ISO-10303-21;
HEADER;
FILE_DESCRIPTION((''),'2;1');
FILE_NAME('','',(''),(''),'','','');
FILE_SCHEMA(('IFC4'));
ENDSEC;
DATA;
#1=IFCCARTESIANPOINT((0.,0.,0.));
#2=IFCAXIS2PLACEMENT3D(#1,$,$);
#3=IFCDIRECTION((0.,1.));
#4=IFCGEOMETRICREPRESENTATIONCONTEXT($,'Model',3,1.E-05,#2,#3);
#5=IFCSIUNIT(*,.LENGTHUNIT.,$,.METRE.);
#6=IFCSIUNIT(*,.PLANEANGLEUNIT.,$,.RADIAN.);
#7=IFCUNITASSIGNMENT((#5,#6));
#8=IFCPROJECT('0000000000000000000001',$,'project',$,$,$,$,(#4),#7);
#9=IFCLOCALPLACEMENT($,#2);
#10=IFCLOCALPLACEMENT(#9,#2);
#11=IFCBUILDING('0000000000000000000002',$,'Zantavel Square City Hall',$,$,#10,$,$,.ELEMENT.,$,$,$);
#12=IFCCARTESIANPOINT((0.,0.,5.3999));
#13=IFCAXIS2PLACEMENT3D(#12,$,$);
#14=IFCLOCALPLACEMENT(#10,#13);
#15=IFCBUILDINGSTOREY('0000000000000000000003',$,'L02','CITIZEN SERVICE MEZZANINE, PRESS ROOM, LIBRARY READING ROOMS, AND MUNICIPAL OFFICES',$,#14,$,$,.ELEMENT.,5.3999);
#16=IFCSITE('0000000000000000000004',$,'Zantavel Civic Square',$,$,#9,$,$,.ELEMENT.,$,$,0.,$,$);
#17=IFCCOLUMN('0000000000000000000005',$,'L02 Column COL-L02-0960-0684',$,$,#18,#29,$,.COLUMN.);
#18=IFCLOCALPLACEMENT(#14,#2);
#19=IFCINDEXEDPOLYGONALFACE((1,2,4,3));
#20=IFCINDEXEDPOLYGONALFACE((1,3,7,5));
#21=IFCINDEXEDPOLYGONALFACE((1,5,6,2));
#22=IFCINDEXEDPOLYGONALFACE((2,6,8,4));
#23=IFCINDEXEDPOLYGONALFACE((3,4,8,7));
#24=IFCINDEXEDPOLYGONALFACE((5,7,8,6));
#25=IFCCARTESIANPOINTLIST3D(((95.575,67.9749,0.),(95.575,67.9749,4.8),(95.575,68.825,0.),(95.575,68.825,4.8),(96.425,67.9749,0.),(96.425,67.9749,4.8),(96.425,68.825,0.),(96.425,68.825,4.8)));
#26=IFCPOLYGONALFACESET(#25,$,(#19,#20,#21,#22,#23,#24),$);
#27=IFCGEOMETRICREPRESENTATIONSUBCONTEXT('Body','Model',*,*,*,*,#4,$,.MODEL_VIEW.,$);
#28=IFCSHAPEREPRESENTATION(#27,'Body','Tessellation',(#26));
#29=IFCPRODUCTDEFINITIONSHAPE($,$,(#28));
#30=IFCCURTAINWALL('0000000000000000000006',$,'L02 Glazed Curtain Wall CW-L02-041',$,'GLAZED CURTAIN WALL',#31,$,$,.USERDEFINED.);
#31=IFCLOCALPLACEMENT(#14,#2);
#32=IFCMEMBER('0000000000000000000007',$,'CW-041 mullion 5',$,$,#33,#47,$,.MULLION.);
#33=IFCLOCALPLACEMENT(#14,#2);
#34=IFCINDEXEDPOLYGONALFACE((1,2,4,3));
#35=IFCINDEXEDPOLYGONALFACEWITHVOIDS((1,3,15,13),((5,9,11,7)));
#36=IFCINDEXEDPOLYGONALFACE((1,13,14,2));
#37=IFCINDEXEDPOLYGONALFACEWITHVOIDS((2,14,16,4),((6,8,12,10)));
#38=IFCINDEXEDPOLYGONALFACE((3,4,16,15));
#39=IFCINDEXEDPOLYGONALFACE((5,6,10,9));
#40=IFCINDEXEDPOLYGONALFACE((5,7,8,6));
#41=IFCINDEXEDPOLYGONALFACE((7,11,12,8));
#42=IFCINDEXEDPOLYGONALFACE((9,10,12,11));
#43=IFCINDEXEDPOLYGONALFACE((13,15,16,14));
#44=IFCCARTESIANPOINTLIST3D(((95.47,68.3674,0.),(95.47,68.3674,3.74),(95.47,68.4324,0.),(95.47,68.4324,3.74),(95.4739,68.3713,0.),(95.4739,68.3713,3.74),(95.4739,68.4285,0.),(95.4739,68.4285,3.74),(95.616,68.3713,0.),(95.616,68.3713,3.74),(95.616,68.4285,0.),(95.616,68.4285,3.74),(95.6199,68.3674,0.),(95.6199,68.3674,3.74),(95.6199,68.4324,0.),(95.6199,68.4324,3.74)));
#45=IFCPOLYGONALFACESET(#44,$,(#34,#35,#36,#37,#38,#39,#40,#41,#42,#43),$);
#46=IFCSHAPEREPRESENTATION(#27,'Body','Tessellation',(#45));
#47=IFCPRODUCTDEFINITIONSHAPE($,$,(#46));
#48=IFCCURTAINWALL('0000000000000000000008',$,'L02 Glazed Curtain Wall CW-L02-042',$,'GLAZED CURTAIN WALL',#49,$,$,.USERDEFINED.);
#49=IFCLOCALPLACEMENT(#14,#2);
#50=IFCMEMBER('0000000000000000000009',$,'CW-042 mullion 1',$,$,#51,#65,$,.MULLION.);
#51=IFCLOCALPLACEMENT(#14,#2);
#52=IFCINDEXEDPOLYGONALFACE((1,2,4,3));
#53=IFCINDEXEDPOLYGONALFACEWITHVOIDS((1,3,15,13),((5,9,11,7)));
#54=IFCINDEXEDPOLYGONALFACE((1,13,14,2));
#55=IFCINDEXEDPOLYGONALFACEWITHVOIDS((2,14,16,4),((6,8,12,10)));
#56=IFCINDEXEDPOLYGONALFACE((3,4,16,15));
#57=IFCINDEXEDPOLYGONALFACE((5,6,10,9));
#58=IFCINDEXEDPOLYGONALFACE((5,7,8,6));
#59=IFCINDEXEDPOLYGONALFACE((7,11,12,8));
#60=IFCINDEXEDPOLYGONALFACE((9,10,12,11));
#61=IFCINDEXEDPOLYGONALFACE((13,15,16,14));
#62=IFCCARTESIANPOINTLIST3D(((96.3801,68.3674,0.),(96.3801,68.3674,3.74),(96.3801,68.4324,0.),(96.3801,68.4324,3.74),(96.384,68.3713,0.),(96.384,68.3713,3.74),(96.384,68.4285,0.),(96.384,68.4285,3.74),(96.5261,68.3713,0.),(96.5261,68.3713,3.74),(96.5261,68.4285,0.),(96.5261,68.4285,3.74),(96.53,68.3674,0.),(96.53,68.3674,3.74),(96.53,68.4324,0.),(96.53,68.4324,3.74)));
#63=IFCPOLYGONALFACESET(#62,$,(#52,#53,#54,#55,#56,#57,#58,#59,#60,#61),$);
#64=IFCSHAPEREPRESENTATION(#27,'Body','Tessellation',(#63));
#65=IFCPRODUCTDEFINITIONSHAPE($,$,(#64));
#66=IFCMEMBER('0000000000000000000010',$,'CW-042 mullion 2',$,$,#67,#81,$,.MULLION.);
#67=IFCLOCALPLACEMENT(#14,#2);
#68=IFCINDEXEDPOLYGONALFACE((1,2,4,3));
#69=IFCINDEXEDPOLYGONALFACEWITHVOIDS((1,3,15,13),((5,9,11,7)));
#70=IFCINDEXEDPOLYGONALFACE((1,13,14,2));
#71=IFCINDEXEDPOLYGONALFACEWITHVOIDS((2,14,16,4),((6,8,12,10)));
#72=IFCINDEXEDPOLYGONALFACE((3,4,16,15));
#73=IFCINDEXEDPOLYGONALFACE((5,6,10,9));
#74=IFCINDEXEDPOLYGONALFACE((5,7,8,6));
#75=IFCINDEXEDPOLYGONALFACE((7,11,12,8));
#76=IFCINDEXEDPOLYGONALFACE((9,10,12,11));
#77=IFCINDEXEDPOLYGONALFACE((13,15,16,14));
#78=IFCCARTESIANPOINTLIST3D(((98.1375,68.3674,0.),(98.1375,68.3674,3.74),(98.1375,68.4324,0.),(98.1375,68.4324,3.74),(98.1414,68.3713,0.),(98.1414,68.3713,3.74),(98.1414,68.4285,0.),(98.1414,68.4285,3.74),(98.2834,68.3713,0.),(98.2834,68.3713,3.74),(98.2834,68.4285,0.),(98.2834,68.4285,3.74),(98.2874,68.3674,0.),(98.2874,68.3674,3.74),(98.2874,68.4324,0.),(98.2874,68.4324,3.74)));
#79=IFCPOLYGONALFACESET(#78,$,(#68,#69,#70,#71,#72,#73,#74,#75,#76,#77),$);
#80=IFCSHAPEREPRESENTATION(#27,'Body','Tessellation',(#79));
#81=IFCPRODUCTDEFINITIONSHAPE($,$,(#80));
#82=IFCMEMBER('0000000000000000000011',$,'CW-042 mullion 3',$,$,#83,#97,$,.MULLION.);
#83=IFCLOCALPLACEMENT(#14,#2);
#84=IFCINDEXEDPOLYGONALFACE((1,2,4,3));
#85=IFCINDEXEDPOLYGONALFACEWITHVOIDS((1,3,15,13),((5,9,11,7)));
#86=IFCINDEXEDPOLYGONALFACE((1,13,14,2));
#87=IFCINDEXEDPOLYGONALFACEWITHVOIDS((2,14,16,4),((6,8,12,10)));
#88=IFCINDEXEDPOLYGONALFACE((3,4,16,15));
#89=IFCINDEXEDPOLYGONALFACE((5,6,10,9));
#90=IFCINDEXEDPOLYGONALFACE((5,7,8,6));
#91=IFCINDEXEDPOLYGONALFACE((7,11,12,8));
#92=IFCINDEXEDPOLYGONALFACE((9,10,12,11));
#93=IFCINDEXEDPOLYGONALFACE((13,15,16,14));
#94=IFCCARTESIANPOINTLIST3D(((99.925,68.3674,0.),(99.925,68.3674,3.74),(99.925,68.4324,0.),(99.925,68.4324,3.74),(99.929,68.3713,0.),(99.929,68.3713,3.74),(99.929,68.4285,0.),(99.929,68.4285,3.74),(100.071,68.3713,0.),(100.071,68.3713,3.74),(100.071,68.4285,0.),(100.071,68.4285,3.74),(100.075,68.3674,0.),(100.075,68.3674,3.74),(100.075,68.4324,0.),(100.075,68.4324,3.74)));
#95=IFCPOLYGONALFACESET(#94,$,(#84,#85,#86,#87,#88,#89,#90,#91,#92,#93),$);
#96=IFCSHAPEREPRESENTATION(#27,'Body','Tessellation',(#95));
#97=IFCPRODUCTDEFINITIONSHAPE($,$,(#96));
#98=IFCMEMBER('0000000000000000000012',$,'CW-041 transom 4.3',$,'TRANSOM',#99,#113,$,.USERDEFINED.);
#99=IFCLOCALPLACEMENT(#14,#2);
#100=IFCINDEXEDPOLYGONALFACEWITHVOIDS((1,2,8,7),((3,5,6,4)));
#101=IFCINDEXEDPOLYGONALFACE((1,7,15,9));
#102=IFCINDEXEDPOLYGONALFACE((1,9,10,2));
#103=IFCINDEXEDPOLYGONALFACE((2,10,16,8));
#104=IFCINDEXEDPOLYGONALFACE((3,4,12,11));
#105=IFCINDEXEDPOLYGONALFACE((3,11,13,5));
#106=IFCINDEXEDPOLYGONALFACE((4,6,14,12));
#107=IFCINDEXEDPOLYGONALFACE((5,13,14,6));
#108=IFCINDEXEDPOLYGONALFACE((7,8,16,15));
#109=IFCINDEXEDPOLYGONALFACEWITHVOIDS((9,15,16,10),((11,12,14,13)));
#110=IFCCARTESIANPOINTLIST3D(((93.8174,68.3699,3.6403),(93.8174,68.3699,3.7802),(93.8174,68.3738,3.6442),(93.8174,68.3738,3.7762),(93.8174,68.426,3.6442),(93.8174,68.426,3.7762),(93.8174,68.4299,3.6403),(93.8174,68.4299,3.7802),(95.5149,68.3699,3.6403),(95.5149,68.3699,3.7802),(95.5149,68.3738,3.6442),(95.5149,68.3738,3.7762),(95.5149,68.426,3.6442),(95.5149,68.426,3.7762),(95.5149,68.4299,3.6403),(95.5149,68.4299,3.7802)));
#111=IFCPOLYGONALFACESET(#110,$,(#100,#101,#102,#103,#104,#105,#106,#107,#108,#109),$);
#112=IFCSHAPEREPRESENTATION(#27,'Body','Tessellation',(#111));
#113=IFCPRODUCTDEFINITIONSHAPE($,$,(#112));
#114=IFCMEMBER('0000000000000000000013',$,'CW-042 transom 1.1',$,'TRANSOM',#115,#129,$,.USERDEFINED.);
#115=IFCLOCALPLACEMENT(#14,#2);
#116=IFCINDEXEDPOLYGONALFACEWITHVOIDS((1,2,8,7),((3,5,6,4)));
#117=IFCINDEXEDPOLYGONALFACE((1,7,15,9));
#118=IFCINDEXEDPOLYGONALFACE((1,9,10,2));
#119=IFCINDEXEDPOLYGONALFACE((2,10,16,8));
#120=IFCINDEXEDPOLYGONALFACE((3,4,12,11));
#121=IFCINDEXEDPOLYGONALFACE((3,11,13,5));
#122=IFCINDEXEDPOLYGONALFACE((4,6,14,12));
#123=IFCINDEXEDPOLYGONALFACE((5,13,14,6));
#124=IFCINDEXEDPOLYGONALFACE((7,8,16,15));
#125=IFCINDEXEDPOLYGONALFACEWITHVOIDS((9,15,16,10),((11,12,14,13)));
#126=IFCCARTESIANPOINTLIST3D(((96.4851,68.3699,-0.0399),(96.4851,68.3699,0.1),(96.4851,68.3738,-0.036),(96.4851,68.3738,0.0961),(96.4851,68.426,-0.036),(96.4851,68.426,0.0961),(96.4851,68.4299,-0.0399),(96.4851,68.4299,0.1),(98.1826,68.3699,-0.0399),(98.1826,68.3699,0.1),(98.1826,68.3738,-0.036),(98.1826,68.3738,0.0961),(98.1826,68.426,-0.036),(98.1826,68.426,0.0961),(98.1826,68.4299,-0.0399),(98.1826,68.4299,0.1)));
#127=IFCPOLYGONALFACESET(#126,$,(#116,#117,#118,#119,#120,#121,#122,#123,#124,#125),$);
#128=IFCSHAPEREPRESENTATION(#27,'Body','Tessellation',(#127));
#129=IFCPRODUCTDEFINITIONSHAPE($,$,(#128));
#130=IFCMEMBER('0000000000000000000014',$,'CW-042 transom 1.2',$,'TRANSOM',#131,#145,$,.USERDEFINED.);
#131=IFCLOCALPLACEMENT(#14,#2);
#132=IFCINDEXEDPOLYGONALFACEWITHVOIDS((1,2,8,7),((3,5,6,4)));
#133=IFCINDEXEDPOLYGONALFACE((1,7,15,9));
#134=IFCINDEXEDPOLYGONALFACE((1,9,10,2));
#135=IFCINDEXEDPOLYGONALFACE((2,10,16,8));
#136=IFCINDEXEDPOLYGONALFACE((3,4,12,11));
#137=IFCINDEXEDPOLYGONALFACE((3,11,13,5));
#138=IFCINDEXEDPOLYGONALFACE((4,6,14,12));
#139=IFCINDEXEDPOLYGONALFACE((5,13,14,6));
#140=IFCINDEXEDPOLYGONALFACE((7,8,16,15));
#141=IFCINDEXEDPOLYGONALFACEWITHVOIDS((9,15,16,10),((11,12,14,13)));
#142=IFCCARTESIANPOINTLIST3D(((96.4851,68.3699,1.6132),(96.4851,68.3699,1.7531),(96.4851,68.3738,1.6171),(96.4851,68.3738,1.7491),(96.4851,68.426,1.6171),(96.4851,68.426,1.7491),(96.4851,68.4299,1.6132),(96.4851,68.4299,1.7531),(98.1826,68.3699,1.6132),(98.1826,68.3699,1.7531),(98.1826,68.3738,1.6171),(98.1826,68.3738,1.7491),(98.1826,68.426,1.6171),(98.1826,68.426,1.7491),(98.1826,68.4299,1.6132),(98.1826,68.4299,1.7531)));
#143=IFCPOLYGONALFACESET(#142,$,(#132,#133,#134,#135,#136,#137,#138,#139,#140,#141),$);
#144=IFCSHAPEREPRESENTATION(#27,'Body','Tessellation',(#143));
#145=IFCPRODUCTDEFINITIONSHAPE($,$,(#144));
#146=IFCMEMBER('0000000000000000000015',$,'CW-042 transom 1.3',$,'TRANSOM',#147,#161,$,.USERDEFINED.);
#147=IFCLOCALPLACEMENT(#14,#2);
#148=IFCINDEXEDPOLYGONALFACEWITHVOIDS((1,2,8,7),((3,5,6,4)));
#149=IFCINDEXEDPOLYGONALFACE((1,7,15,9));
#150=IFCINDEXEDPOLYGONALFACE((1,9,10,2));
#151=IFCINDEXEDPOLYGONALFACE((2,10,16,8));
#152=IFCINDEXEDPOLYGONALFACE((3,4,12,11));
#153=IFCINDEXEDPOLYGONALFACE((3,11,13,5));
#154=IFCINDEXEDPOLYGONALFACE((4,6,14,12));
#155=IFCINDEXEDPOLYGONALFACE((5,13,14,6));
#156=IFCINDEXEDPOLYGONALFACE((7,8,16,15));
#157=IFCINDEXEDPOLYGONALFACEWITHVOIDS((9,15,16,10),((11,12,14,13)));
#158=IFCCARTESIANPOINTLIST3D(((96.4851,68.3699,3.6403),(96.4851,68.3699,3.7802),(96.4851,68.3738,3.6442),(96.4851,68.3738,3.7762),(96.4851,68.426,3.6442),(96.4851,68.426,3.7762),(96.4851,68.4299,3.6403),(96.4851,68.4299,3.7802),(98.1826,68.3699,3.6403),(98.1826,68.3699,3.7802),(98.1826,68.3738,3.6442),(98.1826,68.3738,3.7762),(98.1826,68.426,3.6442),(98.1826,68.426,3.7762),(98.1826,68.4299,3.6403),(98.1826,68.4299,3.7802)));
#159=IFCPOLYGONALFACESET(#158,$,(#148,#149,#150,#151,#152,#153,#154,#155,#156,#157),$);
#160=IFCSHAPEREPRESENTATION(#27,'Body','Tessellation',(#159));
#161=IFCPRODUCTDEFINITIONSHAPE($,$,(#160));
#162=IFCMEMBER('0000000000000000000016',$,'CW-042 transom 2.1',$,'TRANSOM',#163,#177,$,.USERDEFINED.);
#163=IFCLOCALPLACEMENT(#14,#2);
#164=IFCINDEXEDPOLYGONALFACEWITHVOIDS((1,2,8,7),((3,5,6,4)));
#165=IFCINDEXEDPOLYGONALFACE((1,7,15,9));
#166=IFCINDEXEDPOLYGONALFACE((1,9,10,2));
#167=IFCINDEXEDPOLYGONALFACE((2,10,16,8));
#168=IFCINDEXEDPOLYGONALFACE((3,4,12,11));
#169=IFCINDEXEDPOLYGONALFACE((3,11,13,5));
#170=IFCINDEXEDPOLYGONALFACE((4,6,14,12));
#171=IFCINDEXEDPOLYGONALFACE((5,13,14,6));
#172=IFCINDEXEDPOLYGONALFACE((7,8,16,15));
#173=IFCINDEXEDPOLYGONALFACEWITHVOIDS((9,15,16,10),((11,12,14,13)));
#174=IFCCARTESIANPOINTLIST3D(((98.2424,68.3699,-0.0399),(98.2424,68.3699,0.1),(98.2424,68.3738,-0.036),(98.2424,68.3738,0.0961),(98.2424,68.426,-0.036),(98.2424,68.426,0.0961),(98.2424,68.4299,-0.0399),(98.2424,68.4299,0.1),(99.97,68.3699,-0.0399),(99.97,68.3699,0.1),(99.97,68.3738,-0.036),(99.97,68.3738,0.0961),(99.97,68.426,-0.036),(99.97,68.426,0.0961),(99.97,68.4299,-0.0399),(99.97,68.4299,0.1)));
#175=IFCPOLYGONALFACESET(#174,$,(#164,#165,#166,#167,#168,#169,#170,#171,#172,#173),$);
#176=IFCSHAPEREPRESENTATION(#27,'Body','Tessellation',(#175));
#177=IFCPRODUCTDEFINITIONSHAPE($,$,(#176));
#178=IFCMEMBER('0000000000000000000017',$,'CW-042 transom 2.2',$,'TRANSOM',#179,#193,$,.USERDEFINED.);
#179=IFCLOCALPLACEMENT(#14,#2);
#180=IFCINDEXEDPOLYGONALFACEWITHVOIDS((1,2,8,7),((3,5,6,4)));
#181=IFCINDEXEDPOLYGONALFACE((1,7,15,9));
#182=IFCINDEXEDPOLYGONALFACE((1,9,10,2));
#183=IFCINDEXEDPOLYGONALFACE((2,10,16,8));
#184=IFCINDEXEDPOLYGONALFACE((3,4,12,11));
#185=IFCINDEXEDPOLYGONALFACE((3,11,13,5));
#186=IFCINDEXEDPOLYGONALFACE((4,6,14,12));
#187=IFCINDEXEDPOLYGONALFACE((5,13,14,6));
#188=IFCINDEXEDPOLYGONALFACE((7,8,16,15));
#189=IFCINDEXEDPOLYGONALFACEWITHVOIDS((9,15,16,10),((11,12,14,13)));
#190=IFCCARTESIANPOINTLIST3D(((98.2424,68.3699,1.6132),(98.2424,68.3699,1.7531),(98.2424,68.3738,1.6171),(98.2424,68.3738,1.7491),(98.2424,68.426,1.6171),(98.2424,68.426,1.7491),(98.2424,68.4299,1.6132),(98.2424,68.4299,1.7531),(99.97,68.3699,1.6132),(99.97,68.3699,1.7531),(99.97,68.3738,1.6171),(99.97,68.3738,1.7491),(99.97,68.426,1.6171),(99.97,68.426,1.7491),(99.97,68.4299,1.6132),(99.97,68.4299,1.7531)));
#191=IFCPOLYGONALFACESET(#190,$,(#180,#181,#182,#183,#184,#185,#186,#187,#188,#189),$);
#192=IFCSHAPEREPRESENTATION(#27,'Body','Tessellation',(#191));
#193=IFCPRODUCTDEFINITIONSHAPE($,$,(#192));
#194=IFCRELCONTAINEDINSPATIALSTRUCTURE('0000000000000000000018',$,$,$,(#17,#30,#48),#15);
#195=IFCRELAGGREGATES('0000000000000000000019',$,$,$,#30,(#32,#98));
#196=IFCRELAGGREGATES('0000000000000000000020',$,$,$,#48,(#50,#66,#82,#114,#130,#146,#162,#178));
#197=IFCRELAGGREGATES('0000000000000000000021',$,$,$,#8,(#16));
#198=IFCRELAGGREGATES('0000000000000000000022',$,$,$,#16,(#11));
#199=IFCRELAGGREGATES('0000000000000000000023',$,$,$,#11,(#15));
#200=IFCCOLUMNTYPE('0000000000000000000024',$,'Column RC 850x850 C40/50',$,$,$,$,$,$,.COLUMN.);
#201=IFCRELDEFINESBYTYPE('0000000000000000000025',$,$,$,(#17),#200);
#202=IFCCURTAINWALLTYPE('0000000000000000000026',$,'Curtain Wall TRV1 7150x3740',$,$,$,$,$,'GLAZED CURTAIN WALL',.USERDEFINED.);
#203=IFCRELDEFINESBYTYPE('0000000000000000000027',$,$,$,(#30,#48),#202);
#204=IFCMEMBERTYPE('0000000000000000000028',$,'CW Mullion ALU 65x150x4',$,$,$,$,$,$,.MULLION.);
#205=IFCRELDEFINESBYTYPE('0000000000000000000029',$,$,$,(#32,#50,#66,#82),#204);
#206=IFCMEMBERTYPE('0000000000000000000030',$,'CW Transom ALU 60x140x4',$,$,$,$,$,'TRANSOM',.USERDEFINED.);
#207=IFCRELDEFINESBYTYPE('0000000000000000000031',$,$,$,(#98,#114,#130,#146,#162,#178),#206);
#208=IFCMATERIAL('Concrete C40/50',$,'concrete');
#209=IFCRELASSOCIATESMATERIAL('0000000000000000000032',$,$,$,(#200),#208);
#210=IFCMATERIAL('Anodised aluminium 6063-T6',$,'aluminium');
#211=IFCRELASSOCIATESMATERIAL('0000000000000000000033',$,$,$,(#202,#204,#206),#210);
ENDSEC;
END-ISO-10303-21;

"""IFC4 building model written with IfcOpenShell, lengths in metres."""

from ifc_helpers import new_model, si_unit, direction, frame, origin, origin_2d, place, context, subcontext, project, spatial, rectangle, hollow_rectangle, extrude, material, material_profile, profile_set, type_object, element, aggregate, save


model = new_model("IFC4")

# Units and contexts
model_context = context("Model", 3, precision=1e-05, world=origin(), true_north=direction((0.0, 1.0)))
body_context = subcontext(model_context, "Body", "Model", "MODEL_VIEW")
ifc_project = project(units=[si_unit("LENGTHUNIT", "METRE"), si_unit("PLANEANGLEUNIT", "RADIAN")], contexts=[model_context])

# Site, building, storey
site_placement = place(None, origin())
site = spatial("IfcSite", under=ifc_project, at=site_placement, Name="Zantavel Civic Square", CompositionType="ELEMENT", RefElevation=0.0)
building_placement = place(site_placement, origin())
building = spatial("IfcBuilding", under=site, at=building_placement, Name="Zantavel Square City Hall", CompositionType="ELEMENT")
storey_placement = place(building_placement, frame((0.0, 0.0, 5.3999)))
storey = spatial("IfcBuildingStorey", under=building, at=storey_placement, Name="L02", Description="CITIZEN SERVICE MEZZANINE, PRESS ROOM, LIBRARY READING ROOMS, AND MUNICIPAL OFFICES", CompositionType="ELEMENT", Elevation=5.3999)

# Column
ifc_material_1 = material(Name="Concrete C40/50", Category="concrete")
ifc_material_profile_1 = material_profile(ifc_material_1, rectangle(XDim=0.8501, YDim=0.8501, at=origin_2d()), Name="RC 850x850")
ifc_profile_set_1 = profile_set([ifc_material_profile_1], Name="Concrete C40/50")
column_type = type_object("IfcColumnType", Name="Column RC 850x850 C40/50", PredefinedType="COLUMN", material=ifc_profile_set_1)
column_placement = place(storey_placement, frame((96.0, 68.3999, 0.0), z_axis=(0.0, 0.0, 1.0), x_axis=(1.0, 0.0, 0.0)))
element("IfcColumn", 1, at=column_placement, inside=storey, type_object=column_type, Name="L02 Column COL-L02-0960-0684", PredefinedType="COLUMN", context=body_context, shape_type="SweptSolid", body=[
    extrude(rectangle(XDim=0.8501, YDim=0.8501, at=origin_2d()), origin(), (0.0, 0.0, 1.0), 4.8),
])

# Curtain wall, member
ifc_material_2 = material(Name="Anodised aluminium 6063-T6", Category="aluminium")
curtain_wall_type = type_object("IfcCurtainWallType", Name="Curtain Wall TRV1 7150x3740", ElementType="GLAZED CURTAIN WALL", PredefinedType="USERDEFINED", material=ifc_material_2)
curtain_wall_1_placement = place(storey_placement, origin())
curtain_wall_1 = element("IfcCurtainWall", 2, at=curtain_wall_1_placement, inside=storey, type_object=curtain_wall_type, Name="L02 Glazed Curtain Wall CW-L02-041", ObjectType="GLAZED CURTAIN WALL", PredefinedType="USERDEFINED")
ifc_material_profile_2 = material_profile(ifc_material_2, hollow_rectangle(XDim=0.0649, YDim=0.1499, WallThickness=0.0039, at=origin_2d()), Name="ALU 65x150x4")
ifc_profile_set_2 = profile_set([ifc_material_profile_2], Name="Anodised aluminium 6063-T6")
member_type_1 = type_object("IfcMemberType", Name="CW Mullion ALU 65x150x4", PredefinedType="MULLION", material=ifc_profile_set_2)
member_1_placement = place(storey_placement, frame((95.5449, 68.3999, 0.0), z_axis=(0.0, 0.0, 1.0), x_axis=(0.0, 1.0, 0.0)))
member_1 = element("IfcMember", 3, at=member_1_placement, type_object=member_type_1, Name="CW-041 mullion 5", PredefinedType="MULLION", context=body_context, shape_type="SweptSolid", body=[
    extrude(hollow_rectangle(XDim=0.0649, YDim=0.1499, WallThickness=0.0039, at=origin_2d()), origin(), (0.0, 0.0, 1.0), 3.74),
])

# Curtain wall, members
curtain_wall_2_placement = place(storey_placement, origin())
curtain_wall_2 = element("IfcCurtainWall", 4, at=curtain_wall_2_placement, inside=storey, type_object=curtain_wall_type, Name="L02 Glazed Curtain Wall CW-L02-042", ObjectType="GLAZED CURTAIN WALL", PredefinedType="USERDEFINED")
member_2_placement = place(storey_placement, frame((96.4551, 68.3999, 0.0), z_axis=(0.0, 0.0, 1.0), x_axis=(0.0, 1.0, 0.0)))
member_2 = element("IfcMember", 5, at=member_2_placement, type_object=member_type_1, Name="CW-042 mullion 1", PredefinedType="MULLION", context=body_context, shape_type="SweptSolid", body=[
    extrude(hollow_rectangle(XDim=0.0649, YDim=0.1499, WallThickness=0.0039, at=origin_2d()), origin(), (0.0, 0.0, 1.0), 3.74),
])
member_3_placement = place(storey_placement, frame((98.2124, 68.3999, 0.0), z_axis=(0.0, 0.0, 1.0), x_axis=(0.0, 1.0, 0.0)))
member_3 = element("IfcMember", 6, at=member_3_placement, type_object=member_type_1, Name="CW-042 mullion 2", PredefinedType="MULLION", context=body_context, shape_type="SweptSolid", body=[
    extrude(hollow_rectangle(XDim=0.0649, YDim=0.1499, WallThickness=0.0039, at=origin_2d()), origin(), (0.0, 0.0, 1.0), 3.74),
])
member_4_placement = place(storey_placement, frame((100.0, 68.3999, 0.0), z_axis=(0.0, 0.0, 1.0), x_axis=(0.0, 1.0, 0.0)))
member_4 = element("IfcMember", 7, at=member_4_placement, type_object=member_type_1, Name="CW-042 mullion 3", PredefinedType="MULLION", context=body_context, shape_type="SweptSolid", body=[
    extrude(hollow_rectangle(XDim=0.0649, YDim=0.1499, WallThickness=0.0039, at=origin_2d()), origin(), (0.0, 0.0, 1.0), 3.74),
])

# Members
ifc_material_profile_3 = material_profile(ifc_material_2, hollow_rectangle(XDim=0.0601, YDim=0.1399, WallThickness=0.0039, at=origin_2d()), Name="ALU 60x140x4")
ifc_profile_set_3 = profile_set([ifc_material_profile_3], Name="Anodised aluminium 6063-T6")
member_type_2 = type_object("IfcMemberType", Name="CW Transom ALU 60x140x4", ElementType="TRANSOM", PredefinedType="USERDEFINED", material=ifc_profile_set_3)
member_5_placement = place(storey_placement, frame((93.8174, 68.3999, 3.7102), z_axis=(1.0, 0.0, 0.0), x_axis=(0.0, 1.0, 0.0)))
member_5 = element("IfcMember", 8, at=member_5_placement, type_object=member_type_2, Name="CW-041 transom 4.3", ObjectType="TRANSOM", PredefinedType="USERDEFINED", context=body_context, shape_type="SweptSolid", body=[
    extrude(hollow_rectangle(XDim=0.0601, YDim=0.1399, WallThickness=0.0039, at=origin_2d()), origin(), (0.0, 0.0, 1.0), 1.6975),
])
member_6_placement = place(storey_placement, frame((96.4851, 68.3999, 0.03), z_axis=(1.0, 0.0, 0.0), x_axis=(0.0, 1.0, 0.0)))
member_6 = element("IfcMember", 9, at=member_6_placement, type_object=member_type_2, Name="CW-042 transom 1.1", ObjectType="TRANSOM", PredefinedType="USERDEFINED", context=body_context, shape_type="SweptSolid", body=[
    extrude(hollow_rectangle(XDim=0.0601, YDim=0.1399, WallThickness=0.0039, at=origin_2d()), origin(), (0.0, 0.0, 1.0), 1.6975),
])
member_7_placement = place(storey_placement, frame((96.4851, 68.3999, 1.6831), z_axis=(1.0, 0.0, 0.0), x_axis=(0.0, 1.0, 0.0)))
member_7 = element("IfcMember", 10, at=member_7_placement, type_object=member_type_2, Name="CW-042 transom 1.2", ObjectType="TRANSOM", PredefinedType="USERDEFINED", context=body_context, shape_type="SweptSolid", body=[
    extrude(hollow_rectangle(XDim=0.0601, YDim=0.1399, WallThickness=0.0039, at=origin_2d()), origin(), (0.0, 0.0, 1.0), 1.6975),
])
member_8_placement = place(storey_placement, frame((96.4851, 68.3999, 3.7102), z_axis=(1.0, 0.0, 0.0), x_axis=(0.0, 1.0, 0.0)))
member_8 = element("IfcMember", 11, at=member_8_placement, type_object=member_type_2, Name="CW-042 transom 1.3", ObjectType="TRANSOM", PredefinedType="USERDEFINED", context=body_context, shape_type="SweptSolid", body=[
    extrude(hollow_rectangle(XDim=0.0601, YDim=0.1399, WallThickness=0.0039, at=origin_2d()), origin(), (0.0, 0.0, 1.0), 1.6975),
])
member_9_placement = place(storey_placement, frame((98.2424, 68.3999, 0.03), z_axis=(1.0, 0.0, 0.0), x_axis=(0.0, 1.0, 0.0)))
member_9 = element("IfcMember", 12, at=member_9_placement, type_object=member_type_2, Name="CW-042 transom 2.1", ObjectType="TRANSOM", PredefinedType="USERDEFINED", context=body_context, shape_type="SweptSolid", body=[
    extrude(hollow_rectangle(XDim=0.0601, YDim=0.1399, WallThickness=0.0039, at=origin_2d()), origin(), (0.0, 0.0, 1.0), 1.7275),
])
member_10_placement = place(storey_placement, frame((98.2424, 68.3999, 1.6831), z_axis=(1.0, 0.0, 0.0), x_axis=(0.0, 1.0, 0.0)))
member_10 = element("IfcMember", 13, at=member_10_placement, type_object=member_type_2, Name="CW-042 transom 2.2", ObjectType="TRANSOM", PredefinedType="USERDEFINED", context=body_context, shape_type="SweptSolid", body=[
    extrude(hollow_rectangle(XDim=0.0601, YDim=0.1399, WallThickness=0.0039, at=origin_2d()), origin(), (0.0, 0.0, 1.0), 1.7275),
])

aggregate(curtain_wall_1, [member_1, member_5])
aggregate(curtain_wall_2, [member_2, member_3, member_4, member_6, member_7, member_8, member_9, member_10])

save(model, "model.ifc")
